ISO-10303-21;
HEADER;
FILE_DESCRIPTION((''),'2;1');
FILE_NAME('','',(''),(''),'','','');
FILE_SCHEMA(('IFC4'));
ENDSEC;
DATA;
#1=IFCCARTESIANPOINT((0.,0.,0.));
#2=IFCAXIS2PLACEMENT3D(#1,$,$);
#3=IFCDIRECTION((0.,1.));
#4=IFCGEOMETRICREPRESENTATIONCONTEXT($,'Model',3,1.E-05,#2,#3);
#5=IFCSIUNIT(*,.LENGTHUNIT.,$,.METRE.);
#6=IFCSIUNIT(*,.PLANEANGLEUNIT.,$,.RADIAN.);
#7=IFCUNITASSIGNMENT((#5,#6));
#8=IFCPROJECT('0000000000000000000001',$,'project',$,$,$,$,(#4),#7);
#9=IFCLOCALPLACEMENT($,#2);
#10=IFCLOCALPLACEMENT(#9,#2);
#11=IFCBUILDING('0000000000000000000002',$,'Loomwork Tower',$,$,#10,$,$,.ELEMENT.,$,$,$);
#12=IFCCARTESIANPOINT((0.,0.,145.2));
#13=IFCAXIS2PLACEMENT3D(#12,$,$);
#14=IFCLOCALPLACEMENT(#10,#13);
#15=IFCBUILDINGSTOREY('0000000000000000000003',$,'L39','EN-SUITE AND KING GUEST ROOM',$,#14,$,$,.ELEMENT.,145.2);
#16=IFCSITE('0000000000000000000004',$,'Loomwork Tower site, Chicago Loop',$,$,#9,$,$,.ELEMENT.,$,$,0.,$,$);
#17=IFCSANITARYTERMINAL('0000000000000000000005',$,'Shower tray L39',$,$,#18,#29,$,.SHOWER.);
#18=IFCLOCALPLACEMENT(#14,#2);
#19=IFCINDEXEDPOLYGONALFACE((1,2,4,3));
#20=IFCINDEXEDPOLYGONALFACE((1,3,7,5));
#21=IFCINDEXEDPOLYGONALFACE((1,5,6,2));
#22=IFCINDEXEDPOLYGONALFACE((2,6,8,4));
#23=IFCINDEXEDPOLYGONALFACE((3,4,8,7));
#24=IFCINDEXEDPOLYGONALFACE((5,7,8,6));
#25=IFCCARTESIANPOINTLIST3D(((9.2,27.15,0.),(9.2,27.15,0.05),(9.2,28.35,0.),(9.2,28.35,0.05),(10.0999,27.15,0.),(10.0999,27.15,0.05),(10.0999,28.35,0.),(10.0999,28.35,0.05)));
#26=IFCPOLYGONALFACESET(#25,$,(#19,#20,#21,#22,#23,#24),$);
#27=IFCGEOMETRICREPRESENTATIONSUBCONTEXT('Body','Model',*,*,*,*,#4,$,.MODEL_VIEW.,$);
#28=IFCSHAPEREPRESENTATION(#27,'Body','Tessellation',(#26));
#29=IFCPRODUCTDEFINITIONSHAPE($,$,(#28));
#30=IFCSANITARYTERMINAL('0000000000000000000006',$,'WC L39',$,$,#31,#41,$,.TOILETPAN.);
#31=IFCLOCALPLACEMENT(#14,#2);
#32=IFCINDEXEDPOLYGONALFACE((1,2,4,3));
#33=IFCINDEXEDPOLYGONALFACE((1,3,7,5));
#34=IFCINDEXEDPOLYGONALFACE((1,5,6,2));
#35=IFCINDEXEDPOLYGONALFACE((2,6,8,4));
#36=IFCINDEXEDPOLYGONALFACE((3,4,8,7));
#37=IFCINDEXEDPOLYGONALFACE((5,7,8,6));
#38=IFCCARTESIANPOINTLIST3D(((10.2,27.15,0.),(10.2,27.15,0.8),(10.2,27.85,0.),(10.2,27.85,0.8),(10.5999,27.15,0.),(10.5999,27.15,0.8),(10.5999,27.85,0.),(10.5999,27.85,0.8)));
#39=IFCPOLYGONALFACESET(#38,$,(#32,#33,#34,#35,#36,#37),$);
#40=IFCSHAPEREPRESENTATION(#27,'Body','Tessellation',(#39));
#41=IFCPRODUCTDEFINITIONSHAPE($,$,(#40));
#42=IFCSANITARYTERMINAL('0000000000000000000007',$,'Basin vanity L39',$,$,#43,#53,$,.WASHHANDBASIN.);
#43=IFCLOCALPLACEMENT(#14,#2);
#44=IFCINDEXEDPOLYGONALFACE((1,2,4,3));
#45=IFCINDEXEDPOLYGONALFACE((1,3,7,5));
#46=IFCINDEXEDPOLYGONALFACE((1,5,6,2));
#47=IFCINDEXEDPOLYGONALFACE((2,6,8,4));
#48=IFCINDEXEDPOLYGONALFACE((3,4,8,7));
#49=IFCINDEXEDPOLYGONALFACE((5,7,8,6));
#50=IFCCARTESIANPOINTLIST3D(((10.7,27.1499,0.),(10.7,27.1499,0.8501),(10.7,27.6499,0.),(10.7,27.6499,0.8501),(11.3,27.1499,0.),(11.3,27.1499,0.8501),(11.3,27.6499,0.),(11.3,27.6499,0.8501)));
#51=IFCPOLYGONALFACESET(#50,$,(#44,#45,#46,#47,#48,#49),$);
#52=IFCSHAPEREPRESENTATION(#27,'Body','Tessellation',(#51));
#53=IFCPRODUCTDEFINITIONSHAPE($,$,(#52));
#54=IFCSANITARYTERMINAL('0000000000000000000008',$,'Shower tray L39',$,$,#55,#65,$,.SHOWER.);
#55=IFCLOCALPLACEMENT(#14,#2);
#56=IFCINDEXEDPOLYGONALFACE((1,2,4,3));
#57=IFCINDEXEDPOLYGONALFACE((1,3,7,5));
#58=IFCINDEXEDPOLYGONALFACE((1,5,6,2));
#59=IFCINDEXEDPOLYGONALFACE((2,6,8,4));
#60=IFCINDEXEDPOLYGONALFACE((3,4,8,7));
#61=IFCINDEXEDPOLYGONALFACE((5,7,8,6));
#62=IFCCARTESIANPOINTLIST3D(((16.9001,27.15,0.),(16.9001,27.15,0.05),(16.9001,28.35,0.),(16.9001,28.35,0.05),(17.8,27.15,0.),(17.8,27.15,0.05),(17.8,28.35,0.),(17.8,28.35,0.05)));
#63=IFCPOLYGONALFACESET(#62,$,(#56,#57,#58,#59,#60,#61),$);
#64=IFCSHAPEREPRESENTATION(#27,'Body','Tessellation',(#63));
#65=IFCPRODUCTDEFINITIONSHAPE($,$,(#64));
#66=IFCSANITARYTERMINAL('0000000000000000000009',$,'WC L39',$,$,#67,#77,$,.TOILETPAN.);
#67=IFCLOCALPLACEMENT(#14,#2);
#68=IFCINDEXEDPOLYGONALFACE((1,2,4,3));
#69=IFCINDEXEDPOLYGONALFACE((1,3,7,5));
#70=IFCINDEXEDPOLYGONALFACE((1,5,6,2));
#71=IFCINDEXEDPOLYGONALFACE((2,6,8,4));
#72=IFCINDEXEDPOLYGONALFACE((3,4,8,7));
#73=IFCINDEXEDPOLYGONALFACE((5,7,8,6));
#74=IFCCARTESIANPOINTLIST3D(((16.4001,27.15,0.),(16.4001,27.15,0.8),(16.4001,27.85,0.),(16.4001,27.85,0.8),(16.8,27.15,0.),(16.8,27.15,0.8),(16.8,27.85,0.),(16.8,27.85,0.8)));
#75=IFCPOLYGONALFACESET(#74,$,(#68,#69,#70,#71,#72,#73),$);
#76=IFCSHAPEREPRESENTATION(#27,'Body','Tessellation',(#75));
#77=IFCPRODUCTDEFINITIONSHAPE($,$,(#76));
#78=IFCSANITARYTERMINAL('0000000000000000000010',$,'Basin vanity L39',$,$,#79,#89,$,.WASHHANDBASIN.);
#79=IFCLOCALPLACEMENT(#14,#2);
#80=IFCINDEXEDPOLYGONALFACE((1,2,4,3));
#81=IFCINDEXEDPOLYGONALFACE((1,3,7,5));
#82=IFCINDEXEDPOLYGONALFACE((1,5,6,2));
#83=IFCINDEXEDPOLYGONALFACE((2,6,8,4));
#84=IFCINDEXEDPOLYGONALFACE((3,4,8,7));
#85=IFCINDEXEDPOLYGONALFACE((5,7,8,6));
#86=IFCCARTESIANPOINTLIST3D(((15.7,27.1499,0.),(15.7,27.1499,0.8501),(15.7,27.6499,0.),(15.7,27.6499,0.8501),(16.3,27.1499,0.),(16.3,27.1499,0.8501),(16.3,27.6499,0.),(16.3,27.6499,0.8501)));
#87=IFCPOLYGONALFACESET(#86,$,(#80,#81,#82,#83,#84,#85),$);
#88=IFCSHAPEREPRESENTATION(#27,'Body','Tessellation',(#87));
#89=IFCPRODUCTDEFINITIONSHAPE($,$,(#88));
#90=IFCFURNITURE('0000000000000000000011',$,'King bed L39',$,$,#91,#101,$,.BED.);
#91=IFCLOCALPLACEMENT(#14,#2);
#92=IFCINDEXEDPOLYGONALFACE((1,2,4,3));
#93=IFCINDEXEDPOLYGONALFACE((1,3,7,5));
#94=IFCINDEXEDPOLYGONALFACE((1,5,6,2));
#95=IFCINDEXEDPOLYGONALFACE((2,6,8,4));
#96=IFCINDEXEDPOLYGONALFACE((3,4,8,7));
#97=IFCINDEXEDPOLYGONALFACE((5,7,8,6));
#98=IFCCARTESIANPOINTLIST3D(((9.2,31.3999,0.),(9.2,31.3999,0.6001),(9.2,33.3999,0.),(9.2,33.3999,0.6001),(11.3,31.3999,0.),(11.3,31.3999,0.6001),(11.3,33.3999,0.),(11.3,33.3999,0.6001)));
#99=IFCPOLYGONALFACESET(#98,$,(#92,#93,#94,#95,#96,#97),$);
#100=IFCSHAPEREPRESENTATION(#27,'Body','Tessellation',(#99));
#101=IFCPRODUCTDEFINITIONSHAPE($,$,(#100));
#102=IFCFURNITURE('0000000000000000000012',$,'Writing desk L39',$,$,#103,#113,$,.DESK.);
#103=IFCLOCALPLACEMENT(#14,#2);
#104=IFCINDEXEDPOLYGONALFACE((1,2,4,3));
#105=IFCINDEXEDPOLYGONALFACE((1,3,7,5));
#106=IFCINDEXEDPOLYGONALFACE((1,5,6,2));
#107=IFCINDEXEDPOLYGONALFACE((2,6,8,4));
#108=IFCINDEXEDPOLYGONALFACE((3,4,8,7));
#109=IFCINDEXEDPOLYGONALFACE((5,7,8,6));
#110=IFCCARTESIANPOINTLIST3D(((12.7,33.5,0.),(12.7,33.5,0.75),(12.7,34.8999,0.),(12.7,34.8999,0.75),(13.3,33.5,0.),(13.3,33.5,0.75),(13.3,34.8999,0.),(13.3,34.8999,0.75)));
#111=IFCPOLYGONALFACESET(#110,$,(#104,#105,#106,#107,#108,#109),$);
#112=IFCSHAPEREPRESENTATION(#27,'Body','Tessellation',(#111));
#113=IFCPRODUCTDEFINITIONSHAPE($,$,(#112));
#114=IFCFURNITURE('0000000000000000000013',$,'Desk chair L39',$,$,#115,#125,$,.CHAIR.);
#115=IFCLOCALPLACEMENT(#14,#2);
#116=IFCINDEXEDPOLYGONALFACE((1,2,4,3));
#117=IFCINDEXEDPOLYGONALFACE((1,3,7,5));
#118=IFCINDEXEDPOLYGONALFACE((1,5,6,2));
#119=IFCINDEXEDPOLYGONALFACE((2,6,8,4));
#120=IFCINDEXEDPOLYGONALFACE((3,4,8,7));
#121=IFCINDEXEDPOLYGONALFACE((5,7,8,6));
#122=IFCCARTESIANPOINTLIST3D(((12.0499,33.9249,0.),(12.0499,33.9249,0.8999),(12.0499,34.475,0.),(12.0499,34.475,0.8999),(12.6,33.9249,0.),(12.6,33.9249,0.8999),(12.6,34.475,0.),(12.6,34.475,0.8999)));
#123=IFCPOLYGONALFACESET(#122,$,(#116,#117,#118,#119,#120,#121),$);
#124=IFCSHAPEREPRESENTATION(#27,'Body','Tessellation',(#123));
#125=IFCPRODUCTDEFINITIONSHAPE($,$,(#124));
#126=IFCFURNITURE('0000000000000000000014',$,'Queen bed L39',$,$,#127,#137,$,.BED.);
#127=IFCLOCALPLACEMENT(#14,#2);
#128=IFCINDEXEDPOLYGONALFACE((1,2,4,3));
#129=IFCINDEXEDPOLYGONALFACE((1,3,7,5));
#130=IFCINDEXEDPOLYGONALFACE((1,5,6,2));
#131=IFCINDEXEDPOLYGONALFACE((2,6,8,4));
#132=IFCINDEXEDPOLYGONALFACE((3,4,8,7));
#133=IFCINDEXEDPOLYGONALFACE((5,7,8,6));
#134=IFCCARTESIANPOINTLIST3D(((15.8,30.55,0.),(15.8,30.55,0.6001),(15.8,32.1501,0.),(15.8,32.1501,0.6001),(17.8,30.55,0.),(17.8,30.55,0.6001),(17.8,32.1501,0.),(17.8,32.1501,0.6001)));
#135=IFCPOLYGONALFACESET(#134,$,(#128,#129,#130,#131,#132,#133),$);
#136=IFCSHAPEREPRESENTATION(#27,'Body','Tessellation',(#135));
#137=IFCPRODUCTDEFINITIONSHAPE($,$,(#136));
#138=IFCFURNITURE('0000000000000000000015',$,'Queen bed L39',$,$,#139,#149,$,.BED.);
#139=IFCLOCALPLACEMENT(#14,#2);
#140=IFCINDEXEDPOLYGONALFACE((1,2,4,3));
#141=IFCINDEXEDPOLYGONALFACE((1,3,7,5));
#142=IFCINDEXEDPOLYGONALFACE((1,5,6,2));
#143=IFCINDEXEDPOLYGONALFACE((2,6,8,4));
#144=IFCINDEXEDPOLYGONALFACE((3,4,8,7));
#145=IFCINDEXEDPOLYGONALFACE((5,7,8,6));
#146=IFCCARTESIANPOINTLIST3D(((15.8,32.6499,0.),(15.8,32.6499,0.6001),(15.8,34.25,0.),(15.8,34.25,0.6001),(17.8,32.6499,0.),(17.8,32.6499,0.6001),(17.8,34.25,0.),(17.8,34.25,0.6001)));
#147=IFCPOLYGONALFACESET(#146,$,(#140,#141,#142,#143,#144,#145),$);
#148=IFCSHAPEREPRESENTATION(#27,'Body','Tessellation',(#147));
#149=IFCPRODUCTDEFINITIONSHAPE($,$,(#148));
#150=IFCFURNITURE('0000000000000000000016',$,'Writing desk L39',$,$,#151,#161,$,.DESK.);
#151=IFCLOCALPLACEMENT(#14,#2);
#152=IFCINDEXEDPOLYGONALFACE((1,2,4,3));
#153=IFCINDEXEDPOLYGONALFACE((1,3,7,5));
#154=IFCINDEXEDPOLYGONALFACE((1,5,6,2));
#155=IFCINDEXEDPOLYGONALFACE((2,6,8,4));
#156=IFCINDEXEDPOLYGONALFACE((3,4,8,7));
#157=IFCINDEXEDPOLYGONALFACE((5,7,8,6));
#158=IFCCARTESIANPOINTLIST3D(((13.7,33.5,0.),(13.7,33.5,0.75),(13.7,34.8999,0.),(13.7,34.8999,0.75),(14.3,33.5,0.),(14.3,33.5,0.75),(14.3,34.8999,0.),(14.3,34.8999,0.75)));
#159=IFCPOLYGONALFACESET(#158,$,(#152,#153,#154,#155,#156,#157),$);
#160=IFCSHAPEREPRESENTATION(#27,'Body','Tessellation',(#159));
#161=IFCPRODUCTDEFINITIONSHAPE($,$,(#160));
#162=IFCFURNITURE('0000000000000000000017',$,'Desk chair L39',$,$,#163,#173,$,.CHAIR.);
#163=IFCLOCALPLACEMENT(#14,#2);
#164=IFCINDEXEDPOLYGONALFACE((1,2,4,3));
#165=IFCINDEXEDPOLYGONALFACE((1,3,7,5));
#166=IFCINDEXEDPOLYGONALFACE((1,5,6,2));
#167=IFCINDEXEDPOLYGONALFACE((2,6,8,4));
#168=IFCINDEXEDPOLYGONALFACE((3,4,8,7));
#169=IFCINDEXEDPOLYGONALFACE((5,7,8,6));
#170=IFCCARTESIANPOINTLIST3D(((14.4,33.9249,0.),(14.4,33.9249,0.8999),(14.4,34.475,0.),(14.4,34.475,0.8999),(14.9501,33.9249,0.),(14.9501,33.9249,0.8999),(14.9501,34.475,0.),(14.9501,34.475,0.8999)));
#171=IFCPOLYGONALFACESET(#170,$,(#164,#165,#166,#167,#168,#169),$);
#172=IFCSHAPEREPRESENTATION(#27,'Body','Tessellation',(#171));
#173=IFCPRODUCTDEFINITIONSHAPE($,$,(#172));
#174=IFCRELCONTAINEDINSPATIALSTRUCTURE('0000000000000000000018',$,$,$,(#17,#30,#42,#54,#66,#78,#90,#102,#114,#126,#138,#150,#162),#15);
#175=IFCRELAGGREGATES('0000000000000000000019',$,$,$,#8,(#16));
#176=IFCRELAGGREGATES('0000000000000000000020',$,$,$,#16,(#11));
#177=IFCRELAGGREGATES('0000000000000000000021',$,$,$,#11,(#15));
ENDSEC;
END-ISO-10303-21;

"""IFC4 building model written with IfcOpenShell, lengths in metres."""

from ifc_helpers import new_model, si_unit, direction, frame, origin, origin_2d, place, context, subcontext, project, spatial, rectangle, extrude, element, save


model = new_model("IFC4")

# Units and contexts
model_context = context("Model", 3, precision=1e-05, world=origin(), true_north=direction((0.0, 1.0)))
body_context = subcontext(model_context, "Body", "Model", "MODEL_VIEW")
ifc_project = project(units=[si_unit("LENGTHUNIT", "METRE"), si_unit("PLANEANGLEUNIT", "RADIAN")], contexts=[model_context])

# Site, building, storey
site_placement = place(None, origin())
site = spatial("IfcSite", under=ifc_project, at=site_placement, Name="Loomwork Tower site, Chicago Loop", CompositionType="ELEMENT", RefElevation=0.0)
building_placement = place(site_placement, origin())
building = spatial("IfcBuilding", under=site, at=building_placement, Name="Loomwork Tower", CompositionType="ELEMENT")
storey_placement = place(building_placement, frame((0.0, 0.0, 145.2)))
storey = spatial("IfcBuildingStorey", under=building, at=storey_placement, Name="L39", Description="EN-SUITE AND KING GUEST ROOM", CompositionType="ELEMENT", Elevation=145.2)

# Sanitary terminals
sanitary_terminal_1_placement = place(storey_placement, frame((9.6499, 27.75, 0.0), z_axis=(0.0, 0.0, 1.0), x_axis=(1.0, 0.0, 0.0)))
element("IfcSanitaryTerminal", 1, at=sanitary_terminal_1_placement, inside=storey, Name="Shower tray L39", PredefinedType="SHOWER", context=body_context, shape_type="SweptSolid", body=[
    extrude(rectangle(XDim=0.8999, YDim=1.2, at=origin_2d()), origin(), (0.0, 0.0, 1.0), 0.05),
])
sanitary_terminal_2_placement = place(storey_placement, frame((10.3999, 27.5, 0.0), z_axis=(0.0, 0.0, 1.0), x_axis=(1.0, 0.0, 0.0)))
element("IfcSanitaryTerminal", 2, at=sanitary_terminal_2_placement, inside=storey, Name="WC L39", PredefinedType="TOILETPAN", context=body_context, shape_type="SweptSolid", body=[
    extrude(rectangle(XDim=0.3999, YDim=0.7, at=origin_2d()), origin(), (0.0, 0.0, 1.0), 0.8),
])
sanitary_terminal_3_placement = place(storey_placement, frame((11.0, 27.3999, 0.0), z_axis=(0.0, 0.0, 1.0), x_axis=(1.0, 0.0, 0.0)))
element("IfcSanitaryTerminal", 3, at=sanitary_terminal_3_placement, inside=storey, Name="Basin vanity L39", PredefinedType="WASHHANDBASIN", context=body_context, shape_type="SweptSolid", body=[
    extrude(rectangle(XDim=0.6001, YDim=0.5, at=origin_2d()), origin(), (0.0, 0.0, 1.0), 0.8501),
])
sanitary_terminal_4_placement = place(storey_placement, frame((17.3501, 27.75, 0.0), z_axis=(0.0, 0.0, 1.0), x_axis=(1.0, 0.0, 0.0)))
element("IfcSanitaryTerminal", 4, at=sanitary_terminal_4_placement, inside=storey, Name="Shower tray L39", PredefinedType="SHOWER", context=body_context, shape_type="SweptSolid", body=[
    extrude(rectangle(XDim=0.8999, YDim=1.2, at=origin_2d()), origin(), (0.0, 0.0, 1.0), 0.05),
])
sanitary_terminal_5_placement = place(storey_placement, frame((16.6001, 27.5, 0.0), z_axis=(0.0, 0.0, 1.0), x_axis=(1.0, 0.0, 0.0)))
element("IfcSanitaryTerminal", 5, at=sanitary_terminal_5_placement, inside=storey, Name="WC L39", PredefinedType="TOILETPAN", context=body_context, shape_type="SweptSolid", body=[
    extrude(rectangle(XDim=0.3999, YDim=0.7, at=origin_2d()), origin(), (0.0, 0.0, 1.0), 0.8),
])
sanitary_terminal_6_placement = place(storey_placement, frame((16.0, 27.3999, 0.0), z_axis=(0.0, 0.0, 1.0), x_axis=(1.0, 0.0, 0.0)))
element("IfcSanitaryTerminal", 6, at=sanitary_terminal_6_placement, inside=storey, Name="Basin vanity L39", PredefinedType="WASHHANDBASIN", context=body_context, shape_type="SweptSolid", body=[
    extrude(rectangle(XDim=0.6001, YDim=0.5, at=origin_2d()), origin(), (0.0, 0.0, 1.0), 0.8501),
])

# Furniture
furniture_1_placement = place(storey_placement, frame((10.25, 32.3999, 0.0), z_axis=(0.0, 0.0, 1.0), x_axis=(1.0, 0.0, 0.0)))
element("IfcFurniture", 7, at=furniture_1_placement, inside=storey, Name="King bed L39", PredefinedType="BED", context=body_context, shape_type="SweptSolid", body=[
    extrude(rectangle(XDim=2.1001, YDim=2.0, at=origin_2d()), origin(), (0.0, 0.0, 1.0), 0.6001),
])
furniture_2_placement = place(storey_placement, frame((13.0, 34.2, 0.0), z_axis=(0.0, 0.0, 1.0), x_axis=(1.0, 0.0, 0.0)))
element("IfcFurniture", 8, at=furniture_2_placement, inside=storey, Name="Writing desk L39", PredefinedType="DESK", context=body_context, shape_type="SweptSolid", body=[
    extrude(rectangle(XDim=0.6001, YDim=1.3999, at=origin_2d()), origin(), (0.0, 0.0, 1.0), 0.75),
])
furniture_3_placement = place(storey_placement, frame((12.325, 34.2, 0.0), z_axis=(0.0, 0.0, 1.0), x_axis=(1.0, 0.0, 0.0)))
element("IfcFurniture", 9, at=furniture_3_placement, inside=storey, Name="Desk chair L39", PredefinedType="CHAIR", context=body_context, shape_type="SweptSolid", body=[
    extrude(rectangle(XDim=0.55, YDim=0.55, at=origin_2d()), origin(), (0.0, 0.0, 1.0), 0.8999),
])
for number, where, z_axis, x_axis, name in (
    (10, (16.8, 31.3501, 0.0), (0.0, 0.0, 1.0), (1.0, 0.0, 0.0), "Queen bed L39"),
    (11, (16.8, 33.45, 0.0), (0.0, 0.0, 1.0), (1.0, 0.0, 0.0), "Queen bed L39"),
):
    element("IfcFurniture", number, at=place(storey_placement, frame(where, z_axis=z_axis, x_axis=x_axis)), inside=storey, Name=name, PredefinedType="BED", context=body_context, shape_type="SweptSolid", body=[
        extrude(rectangle(XDim=2.0, YDim=1.6001, at=origin_2d()), origin(), (0.0, 0.0, 1.0), 0.6001),
    ])
furniture_4_placement = place(storey_placement, frame((14.0, 34.2, 0.0), z_axis=(0.0, 0.0, 1.0), x_axis=(1.0, 0.0, 0.0)))
element("IfcFurniture", 12, at=furniture_4_placement, inside=storey, Name="Writing desk L39", PredefinedType="DESK", context=body_context, shape_type="SweptSolid", body=[
    extrude(rectangle(XDim=0.6001, YDim=1.3999, at=origin_2d()), origin(), (0.0, 0.0, 1.0), 0.75),
])
furniture_5_placement = place(storey_placement, frame((14.675, 34.2, 0.0), z_axis=(0.0, 0.0, 1.0), x_axis=(1.0, 0.0, 0.0)))
element("IfcFurniture", 13, at=furniture_5_placement, inside=storey, Name="Desk chair L39", PredefinedType="CHAIR", context=body_context, shape_type="SweptSolid", body=[
    extrude(rectangle(XDim=0.55, YDim=0.55, at=origin_2d()), origin(), (0.0, 0.0, 1.0), 0.8999),
])

save(model, "model.ifc")
